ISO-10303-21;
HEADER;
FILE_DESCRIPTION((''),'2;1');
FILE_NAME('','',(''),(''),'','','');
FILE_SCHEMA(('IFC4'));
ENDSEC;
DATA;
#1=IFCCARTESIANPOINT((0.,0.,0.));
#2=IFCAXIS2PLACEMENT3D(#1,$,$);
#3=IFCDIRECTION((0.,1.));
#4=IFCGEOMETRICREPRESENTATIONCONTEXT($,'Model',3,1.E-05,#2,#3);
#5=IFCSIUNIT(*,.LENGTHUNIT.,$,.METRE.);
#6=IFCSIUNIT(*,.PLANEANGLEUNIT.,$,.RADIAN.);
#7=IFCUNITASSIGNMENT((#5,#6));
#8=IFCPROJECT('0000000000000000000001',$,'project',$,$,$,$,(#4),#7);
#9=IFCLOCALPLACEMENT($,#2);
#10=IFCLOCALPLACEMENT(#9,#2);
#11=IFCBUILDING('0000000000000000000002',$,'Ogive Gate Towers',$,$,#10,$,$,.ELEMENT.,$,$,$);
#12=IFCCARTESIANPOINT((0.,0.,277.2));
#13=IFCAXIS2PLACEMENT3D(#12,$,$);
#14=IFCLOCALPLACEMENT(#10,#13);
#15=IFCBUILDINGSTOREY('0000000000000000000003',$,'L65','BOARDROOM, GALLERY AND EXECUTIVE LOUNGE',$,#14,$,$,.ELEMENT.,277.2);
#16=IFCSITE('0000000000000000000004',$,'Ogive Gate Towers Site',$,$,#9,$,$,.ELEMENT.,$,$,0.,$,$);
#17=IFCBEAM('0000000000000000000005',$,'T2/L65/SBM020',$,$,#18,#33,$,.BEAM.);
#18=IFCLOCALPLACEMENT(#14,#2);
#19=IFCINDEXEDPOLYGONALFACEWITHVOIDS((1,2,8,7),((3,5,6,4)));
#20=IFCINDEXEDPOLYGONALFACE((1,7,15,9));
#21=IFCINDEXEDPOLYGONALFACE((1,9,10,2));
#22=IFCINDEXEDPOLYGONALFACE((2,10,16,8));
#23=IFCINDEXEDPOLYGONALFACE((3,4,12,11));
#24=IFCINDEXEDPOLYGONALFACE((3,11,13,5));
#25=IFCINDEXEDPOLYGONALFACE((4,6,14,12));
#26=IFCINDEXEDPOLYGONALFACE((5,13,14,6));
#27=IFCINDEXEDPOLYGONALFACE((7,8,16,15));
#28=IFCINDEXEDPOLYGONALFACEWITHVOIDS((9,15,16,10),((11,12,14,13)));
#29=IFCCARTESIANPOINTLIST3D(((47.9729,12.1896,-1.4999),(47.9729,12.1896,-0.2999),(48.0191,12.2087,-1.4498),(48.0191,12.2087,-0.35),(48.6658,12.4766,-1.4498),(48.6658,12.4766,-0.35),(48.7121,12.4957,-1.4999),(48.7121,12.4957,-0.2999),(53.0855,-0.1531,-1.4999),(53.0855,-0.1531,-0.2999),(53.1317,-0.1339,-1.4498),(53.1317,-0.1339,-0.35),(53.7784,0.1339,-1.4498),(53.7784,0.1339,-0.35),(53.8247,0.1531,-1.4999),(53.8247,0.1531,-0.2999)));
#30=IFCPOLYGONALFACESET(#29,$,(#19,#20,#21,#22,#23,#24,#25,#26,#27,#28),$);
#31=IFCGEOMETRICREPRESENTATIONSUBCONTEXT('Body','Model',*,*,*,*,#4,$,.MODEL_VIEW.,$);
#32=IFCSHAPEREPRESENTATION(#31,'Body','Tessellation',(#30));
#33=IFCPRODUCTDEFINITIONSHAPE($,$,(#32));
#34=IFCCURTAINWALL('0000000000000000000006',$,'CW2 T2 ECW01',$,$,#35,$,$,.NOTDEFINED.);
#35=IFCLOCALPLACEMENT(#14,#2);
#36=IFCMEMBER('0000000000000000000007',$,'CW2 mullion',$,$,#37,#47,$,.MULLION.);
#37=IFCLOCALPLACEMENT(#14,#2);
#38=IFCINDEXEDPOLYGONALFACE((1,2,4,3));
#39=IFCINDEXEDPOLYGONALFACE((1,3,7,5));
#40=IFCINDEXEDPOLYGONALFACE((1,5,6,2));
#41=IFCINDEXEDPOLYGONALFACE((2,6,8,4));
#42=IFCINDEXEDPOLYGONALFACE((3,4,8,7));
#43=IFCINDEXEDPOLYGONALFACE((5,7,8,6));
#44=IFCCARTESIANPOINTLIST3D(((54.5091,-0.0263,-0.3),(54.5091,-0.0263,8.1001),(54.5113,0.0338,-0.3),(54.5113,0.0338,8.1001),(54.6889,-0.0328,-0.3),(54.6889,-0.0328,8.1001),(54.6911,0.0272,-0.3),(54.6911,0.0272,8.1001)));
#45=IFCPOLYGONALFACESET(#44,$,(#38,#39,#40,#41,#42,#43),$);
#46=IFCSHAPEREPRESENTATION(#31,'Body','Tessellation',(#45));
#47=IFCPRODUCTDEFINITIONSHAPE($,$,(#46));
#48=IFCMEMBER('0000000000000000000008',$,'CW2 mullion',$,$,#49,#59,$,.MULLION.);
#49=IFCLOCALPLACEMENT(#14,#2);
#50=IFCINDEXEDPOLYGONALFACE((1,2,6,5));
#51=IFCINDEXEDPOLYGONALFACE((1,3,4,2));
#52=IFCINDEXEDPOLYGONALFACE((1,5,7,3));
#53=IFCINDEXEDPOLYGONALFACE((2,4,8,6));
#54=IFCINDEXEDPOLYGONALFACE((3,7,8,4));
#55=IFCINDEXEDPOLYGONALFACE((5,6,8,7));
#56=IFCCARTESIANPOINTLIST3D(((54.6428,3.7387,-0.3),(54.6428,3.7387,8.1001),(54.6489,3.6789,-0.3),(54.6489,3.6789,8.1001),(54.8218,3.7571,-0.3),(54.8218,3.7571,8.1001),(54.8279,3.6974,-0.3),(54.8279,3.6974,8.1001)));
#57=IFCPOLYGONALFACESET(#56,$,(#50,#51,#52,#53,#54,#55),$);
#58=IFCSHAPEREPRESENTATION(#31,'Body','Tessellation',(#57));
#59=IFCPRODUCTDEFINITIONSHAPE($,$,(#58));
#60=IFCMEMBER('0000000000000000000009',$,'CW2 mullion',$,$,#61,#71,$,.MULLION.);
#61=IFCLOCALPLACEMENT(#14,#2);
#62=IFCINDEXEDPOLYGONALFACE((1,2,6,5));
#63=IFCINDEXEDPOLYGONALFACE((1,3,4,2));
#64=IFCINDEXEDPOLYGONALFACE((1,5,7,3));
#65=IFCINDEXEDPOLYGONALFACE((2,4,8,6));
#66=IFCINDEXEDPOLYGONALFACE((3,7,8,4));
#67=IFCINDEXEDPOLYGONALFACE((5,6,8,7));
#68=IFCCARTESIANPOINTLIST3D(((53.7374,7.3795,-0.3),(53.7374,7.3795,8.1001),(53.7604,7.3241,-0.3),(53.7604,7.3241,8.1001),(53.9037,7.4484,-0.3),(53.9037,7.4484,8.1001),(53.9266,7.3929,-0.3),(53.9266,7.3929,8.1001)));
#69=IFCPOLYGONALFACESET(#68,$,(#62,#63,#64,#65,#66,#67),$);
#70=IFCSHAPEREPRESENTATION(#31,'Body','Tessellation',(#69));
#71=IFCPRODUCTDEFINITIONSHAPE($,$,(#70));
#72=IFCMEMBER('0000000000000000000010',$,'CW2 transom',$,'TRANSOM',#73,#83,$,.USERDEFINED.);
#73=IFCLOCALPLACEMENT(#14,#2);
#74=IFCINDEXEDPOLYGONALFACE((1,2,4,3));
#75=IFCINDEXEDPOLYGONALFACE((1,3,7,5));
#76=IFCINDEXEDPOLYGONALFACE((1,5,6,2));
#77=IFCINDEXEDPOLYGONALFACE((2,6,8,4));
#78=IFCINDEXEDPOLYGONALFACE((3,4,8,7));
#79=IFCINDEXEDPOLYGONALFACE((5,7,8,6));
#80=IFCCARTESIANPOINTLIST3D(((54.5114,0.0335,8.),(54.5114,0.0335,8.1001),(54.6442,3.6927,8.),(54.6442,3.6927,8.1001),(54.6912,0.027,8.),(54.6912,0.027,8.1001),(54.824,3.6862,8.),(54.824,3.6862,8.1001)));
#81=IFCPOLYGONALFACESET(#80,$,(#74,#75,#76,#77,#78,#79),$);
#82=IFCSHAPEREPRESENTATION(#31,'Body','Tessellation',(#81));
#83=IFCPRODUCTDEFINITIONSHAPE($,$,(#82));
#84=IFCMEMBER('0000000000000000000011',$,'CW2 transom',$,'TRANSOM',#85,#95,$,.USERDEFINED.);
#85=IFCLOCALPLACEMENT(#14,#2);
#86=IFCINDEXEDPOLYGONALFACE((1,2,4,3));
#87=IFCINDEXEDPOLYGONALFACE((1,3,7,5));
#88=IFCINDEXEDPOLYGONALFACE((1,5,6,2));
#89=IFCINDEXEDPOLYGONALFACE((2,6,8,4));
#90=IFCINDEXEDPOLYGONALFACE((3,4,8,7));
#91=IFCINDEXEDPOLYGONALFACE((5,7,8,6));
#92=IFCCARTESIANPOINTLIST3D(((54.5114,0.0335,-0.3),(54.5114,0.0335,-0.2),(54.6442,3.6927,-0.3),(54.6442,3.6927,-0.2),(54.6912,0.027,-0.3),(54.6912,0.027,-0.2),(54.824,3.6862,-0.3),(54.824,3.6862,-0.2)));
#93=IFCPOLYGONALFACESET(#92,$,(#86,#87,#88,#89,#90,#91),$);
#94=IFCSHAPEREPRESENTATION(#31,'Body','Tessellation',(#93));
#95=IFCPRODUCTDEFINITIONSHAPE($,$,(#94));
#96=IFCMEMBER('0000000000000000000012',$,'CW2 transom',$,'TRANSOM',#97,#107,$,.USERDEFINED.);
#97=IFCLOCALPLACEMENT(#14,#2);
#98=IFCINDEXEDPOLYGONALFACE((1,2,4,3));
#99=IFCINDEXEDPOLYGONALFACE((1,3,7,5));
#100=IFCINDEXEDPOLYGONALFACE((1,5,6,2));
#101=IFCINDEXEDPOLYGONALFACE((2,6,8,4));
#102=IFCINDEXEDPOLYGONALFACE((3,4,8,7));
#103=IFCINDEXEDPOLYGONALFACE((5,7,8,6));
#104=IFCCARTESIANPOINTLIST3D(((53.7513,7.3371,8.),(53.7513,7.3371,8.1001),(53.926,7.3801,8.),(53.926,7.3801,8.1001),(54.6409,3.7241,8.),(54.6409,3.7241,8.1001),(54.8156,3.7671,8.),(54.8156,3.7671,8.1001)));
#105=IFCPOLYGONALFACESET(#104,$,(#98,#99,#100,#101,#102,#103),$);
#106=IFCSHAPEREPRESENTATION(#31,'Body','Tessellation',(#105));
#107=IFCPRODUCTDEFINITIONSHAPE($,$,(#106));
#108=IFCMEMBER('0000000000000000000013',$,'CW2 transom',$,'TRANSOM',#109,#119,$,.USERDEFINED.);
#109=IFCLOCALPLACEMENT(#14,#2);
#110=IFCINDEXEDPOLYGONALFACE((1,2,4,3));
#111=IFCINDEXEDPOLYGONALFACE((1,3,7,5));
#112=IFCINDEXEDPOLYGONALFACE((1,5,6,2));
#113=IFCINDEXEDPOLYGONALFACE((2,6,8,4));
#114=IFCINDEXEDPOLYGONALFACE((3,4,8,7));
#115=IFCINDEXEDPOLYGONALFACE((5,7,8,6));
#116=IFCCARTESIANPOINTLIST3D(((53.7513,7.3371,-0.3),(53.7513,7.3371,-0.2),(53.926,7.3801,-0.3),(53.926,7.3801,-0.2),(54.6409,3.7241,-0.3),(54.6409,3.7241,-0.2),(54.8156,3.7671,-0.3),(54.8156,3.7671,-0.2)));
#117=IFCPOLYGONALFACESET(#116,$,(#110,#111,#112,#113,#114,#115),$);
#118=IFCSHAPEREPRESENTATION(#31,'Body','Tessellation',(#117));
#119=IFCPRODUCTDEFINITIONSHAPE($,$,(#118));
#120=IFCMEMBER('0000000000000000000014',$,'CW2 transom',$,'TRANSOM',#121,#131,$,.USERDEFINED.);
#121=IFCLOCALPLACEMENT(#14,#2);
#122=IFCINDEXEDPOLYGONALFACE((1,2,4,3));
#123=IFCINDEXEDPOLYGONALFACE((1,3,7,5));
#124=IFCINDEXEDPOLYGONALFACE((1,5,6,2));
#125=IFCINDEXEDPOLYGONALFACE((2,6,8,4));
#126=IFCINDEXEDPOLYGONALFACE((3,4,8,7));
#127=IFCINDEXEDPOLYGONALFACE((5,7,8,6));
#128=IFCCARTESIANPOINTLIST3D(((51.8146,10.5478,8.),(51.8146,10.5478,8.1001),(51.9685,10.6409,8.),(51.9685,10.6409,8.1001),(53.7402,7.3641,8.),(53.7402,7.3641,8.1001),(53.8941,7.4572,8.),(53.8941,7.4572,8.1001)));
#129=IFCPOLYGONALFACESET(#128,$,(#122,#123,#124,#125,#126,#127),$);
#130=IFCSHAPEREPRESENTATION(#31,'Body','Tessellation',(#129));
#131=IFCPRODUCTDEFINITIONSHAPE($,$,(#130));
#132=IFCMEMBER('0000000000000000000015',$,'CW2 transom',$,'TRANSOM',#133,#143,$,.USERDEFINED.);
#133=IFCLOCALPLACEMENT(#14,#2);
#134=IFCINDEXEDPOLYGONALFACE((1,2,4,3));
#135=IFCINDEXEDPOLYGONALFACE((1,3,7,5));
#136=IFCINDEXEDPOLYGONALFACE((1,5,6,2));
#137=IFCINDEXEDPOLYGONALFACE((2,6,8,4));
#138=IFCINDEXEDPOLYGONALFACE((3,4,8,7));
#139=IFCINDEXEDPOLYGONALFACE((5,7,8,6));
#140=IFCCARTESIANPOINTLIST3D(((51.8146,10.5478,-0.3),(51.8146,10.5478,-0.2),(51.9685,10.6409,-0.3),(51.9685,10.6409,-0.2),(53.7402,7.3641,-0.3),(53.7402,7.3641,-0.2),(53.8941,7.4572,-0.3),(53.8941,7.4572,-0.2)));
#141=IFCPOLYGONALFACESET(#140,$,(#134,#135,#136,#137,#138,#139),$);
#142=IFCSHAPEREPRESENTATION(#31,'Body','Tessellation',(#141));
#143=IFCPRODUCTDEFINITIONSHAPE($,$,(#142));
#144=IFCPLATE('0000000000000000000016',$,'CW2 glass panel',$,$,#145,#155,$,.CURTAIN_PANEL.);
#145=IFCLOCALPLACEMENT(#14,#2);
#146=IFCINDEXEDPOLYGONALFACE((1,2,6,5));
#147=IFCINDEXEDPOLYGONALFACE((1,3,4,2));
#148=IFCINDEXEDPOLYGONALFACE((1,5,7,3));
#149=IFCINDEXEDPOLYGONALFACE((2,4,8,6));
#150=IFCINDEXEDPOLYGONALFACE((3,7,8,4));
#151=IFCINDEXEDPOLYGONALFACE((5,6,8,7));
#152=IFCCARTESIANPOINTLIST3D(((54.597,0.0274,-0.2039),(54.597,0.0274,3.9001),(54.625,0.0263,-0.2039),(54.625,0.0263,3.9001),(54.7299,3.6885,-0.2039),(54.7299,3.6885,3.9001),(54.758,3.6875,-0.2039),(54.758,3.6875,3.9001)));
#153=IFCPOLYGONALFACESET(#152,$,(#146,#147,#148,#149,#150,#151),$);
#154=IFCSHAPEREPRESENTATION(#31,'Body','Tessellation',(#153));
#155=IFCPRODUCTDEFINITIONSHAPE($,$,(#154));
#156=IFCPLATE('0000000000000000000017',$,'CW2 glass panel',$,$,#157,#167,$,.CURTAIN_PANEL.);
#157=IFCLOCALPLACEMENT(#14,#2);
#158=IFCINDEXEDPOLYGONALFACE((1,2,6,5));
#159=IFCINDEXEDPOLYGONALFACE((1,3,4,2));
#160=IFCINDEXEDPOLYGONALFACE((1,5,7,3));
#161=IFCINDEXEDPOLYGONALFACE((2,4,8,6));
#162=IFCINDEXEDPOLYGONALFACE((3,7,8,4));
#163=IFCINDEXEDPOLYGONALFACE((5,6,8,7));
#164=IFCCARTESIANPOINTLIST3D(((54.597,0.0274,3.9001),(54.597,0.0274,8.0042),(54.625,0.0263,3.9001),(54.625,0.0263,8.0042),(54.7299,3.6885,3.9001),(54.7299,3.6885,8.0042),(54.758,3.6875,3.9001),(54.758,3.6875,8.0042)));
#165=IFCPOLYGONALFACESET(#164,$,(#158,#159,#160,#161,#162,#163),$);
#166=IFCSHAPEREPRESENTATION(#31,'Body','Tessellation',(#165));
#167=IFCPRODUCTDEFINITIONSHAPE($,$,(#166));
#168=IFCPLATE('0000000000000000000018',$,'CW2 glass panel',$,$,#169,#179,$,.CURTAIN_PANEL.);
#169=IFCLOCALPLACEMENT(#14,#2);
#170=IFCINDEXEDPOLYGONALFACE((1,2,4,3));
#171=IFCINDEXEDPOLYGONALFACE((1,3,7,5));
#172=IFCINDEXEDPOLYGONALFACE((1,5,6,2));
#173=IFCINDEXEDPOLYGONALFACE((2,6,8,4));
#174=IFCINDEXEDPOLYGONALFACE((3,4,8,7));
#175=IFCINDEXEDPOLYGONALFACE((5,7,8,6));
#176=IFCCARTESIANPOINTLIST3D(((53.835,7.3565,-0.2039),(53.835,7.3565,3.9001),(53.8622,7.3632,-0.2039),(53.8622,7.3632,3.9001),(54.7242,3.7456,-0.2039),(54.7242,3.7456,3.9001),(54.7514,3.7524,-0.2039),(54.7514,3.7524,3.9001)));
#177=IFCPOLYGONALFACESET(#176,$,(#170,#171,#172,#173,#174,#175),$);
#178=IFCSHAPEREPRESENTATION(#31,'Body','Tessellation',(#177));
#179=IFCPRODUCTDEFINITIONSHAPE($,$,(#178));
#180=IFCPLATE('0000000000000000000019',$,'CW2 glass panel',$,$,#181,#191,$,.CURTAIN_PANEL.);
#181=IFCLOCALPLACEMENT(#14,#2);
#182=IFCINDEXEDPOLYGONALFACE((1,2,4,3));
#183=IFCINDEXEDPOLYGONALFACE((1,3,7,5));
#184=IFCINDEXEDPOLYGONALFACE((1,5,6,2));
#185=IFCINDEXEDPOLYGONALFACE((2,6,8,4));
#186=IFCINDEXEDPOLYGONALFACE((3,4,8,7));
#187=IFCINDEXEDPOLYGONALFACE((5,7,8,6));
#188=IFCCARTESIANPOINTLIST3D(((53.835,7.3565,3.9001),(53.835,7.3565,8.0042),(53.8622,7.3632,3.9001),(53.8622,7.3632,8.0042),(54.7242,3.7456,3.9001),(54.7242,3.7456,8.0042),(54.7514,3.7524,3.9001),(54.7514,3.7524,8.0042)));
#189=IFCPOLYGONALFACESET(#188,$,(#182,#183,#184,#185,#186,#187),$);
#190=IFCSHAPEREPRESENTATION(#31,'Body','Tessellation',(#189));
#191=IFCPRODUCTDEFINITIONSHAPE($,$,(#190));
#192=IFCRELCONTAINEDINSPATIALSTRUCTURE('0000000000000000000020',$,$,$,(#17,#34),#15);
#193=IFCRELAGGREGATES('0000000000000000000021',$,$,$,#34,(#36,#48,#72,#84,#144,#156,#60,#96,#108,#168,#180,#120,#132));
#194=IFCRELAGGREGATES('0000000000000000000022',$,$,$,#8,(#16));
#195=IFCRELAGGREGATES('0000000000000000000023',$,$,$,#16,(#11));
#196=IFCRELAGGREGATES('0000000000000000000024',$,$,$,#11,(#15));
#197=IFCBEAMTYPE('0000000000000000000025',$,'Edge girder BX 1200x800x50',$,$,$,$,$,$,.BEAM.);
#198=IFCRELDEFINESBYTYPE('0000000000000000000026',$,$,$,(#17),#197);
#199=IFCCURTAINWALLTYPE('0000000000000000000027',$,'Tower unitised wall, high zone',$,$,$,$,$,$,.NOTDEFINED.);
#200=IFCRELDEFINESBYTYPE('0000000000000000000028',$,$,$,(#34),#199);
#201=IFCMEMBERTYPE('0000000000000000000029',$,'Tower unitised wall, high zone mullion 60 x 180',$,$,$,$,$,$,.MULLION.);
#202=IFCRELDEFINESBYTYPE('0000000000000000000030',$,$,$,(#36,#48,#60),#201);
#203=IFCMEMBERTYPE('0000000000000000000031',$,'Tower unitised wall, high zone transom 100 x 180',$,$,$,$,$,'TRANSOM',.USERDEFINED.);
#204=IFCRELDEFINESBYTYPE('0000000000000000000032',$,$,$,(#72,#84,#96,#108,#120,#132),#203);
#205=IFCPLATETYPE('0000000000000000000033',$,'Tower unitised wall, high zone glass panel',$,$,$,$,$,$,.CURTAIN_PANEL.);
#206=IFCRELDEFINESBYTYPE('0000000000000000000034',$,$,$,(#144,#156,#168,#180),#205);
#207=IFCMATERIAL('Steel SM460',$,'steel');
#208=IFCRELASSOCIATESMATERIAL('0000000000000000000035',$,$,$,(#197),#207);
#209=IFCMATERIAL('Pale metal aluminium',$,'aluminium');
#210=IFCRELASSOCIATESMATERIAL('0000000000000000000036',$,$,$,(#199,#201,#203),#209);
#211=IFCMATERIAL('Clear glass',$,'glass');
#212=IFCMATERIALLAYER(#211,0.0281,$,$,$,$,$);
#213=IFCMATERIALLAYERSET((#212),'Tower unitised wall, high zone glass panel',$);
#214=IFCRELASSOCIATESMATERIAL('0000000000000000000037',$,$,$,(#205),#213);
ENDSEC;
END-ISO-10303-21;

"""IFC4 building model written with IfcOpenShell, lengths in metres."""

from ifc_helpers import new_model, si_unit, direction, frame, origin, origin_2d, place, context, subcontext, project, spatial, rectangle, hollow_rectangle, extrude, material, layer, layer_set, material_profile, profile_set, type_object, element, aggregate, save


model = new_model("IFC4")

# Units and contexts
model_context = context("Model", 3, precision=1e-05, world=origin(), true_north=direction((0.0, 1.0)))
body_context = subcontext(model_context, "Body", "Model", "MODEL_VIEW")
ifc_project = project(units=[si_unit("LENGTHUNIT", "METRE"), si_unit("PLANEANGLEUNIT", "RADIAN")], contexts=[model_context])

# Site, building, storey
site_placement = place(None, origin())
site = spatial("IfcSite", under=ifc_project, at=site_placement, Name="Ogive Gate Towers Site", CompositionType="ELEMENT", RefElevation=0.0)
building_placement = place(site_placement, origin())
building = spatial("IfcBuilding", under=site, at=building_placement, Name="Ogive Gate Towers", CompositionType="ELEMENT")
storey_placement = place(building_placement, frame((0.0, 0.0, 277.2)))
storey = spatial("IfcBuildingStorey", under=building, at=storey_placement, Name="L65", Description="BOARDROOM, GALLERY AND EXECUTIVE LOUNGE", CompositionType="ELEMENT", Elevation=277.2)

# Beam
ifc_material_1 = material(Name="Steel SM460", Category="steel")
ifc_material_profile_1 = material_profile(ifc_material_1, hollow_rectangle(XDim=0.8, YDim=1.2, WallThickness=0.05, at=origin_2d()), Name="BX 1200x800x50")
ifc_profile_set_1 = profile_set([ifc_material_profile_1], Name="Steel SM460")
beam_type = type_object("IfcBeamType", Name="Edge girder BX 1200x800x50", PredefinedType="BEAM", material=ifc_profile_set_1)
beam_placement = place(storey_placement, frame((53.4551, 0.0, -0.8999), z_axis=(-0.38269, 0.923877, 0.0), x_axis=(-0.923877, -0.38269, 0.0)))
element("IfcBeam", 1, at=beam_placement, inside=storey, type_object=beam_type, Name="T2/L65/SBM020", PredefinedType="BEAM", context=body_context, shape_type="SweptSolid", body=[
    extrude(hollow_rectangle(XDim=0.8, YDim=1.2, WallThickness=0.05, at=origin_2d()), origin(), (0.0, 0.0, 1.0), 13.3596),
])

# Curtain wall, members, plates
ifc_material_2 = material(Name="Pale metal aluminium", Category="aluminium")
curtain_wall_type = type_object("IfcCurtainWallType", Name="Tower unitised wall, high zone", PredefinedType="NOTDEFINED", material=ifc_material_2)
curtain_wall_placement = place(storey_placement, origin())
curtain_wall = element("IfcCurtainWall", 2, at=curtain_wall_placement, inside=storey, type_object=curtain_wall_type, Name="CW2 T2 ECW01", PredefinedType="NOTDEFINED")
ifc_material_profile_2 = material_profile(ifc_material_2, rectangle(XDim=0.1799, YDim=0.0601, at=origin_2d()), Name="60 x 180 aluminium box")
ifc_profile_set_2 = profile_set([ifc_material_profile_2], Name="Pale metal aluminium")
member_type_1 = type_object("IfcMemberType", Name="Tower unitised wall, high zone mullion 60 x 180", PredefinedType="MULLION", material=ifc_profile_set_2)
member_1_placement = place(storey_placement, frame((54.6001, 0.0005, -0.3), z_axis=(0.0, 0.0, 1.0), x_axis=(0.999341, -0.036295, 0.0)))
member_1 = element("IfcMember", 3, at=member_1_placement, type_object=member_type_1, Name="CW2 mullion", PredefinedType="MULLION", context=body_context, shape_type="SweptSolid", body=[
    extrude(rectangle(XDim=0.1799, YDim=0.0601, at=origin_2d()), origin(), (0.0, 0.0, 1.0), 8.4001),
])
member_2_placement = place(storey_placement, frame((54.7354, 3.718, -0.3), z_axis=(0.0, 0.0, 1.0), x_axis=(0.994744, 0.102393, 0.0)))
member_2 = element("IfcMember", 4, at=member_2_placement, type_object=member_type_1, Name="CW2 mullion", PredefinedType="MULLION", context=body_context, shape_type="SweptSolid", body=[
    extrude(rectangle(XDim=0.1799, YDim=0.0601, at=origin_2d()), origin(), (0.0, 0.0, 1.0), 8.4001),
])
member_3_placement = place(storey_placement, frame((53.832, 7.3862, -0.3), z_axis=(0.0, 0.0, 1.0), x_axis=(0.92388, 0.382683, 0.0)))
member_3 = element("IfcMember", 5, at=member_3_placement, type_object=member_type_1, Name="CW2 mullion", PredefinedType="MULLION", context=body_context, shape_type="SweptSolid", body=[
    extrude(rectangle(XDim=0.1799, YDim=0.0601, at=origin_2d()), origin(), (0.0, 0.0, 1.0), 8.4001),
])
ifc_material_profile_3 = material_profile(ifc_material_2, rectangle(XDim=0.1799, YDim=0.1001, at=origin_2d()), Name="100 x 180 aluminium box")
ifc_profile_set_3 = profile_set([ifc_material_profile_3], Name="Pale metal aluminium")
member_type_2 = type_object("IfcMemberType", Name="Tower unitised wall, high zone transom 100 x 180", ElementType="TRANSOM", PredefinedType="USERDEFINED", material=ifc_profile_set_3)
member_4_placement = place(storey_placement, frame((54.6013, 0.0303, 8.05), z_axis=(0.036272, 0.999342, 0.0), x_axis=(-0.999342, 0.036272, 0.0)))
member_4 = element("IfcMember", 6, at=member_4_placement, type_object=member_type_2, Name="CW2 transom", ObjectType="TRANSOM", PredefinedType="USERDEFINED", context=body_context, shape_type="SweptSolid", body=[
    extrude(rectangle(XDim=0.1799, YDim=0.1001, at=origin_2d()), origin(), (0.0, 0.0, 1.0), 3.6616),
])
member_5_placement = place(storey_placement, frame((54.6013, 0.0303, -0.25), z_axis=(0.036272, 0.999342, 0.0), x_axis=(-0.999342, 0.036272, 0.0)))
member_5 = element("IfcMember", 7, at=member_5_placement, type_object=member_type_2, Name="CW2 transom", ObjectType="TRANSOM", PredefinedType="USERDEFINED", context=body_context, shape_type="SweptSolid", body=[
    extrude(rectangle(XDim=0.1799, YDim=0.1001, at=origin_2d()), origin(), (0.0, 0.0, 1.0), 3.6616),
])
member_6_placement = place(storey_placement, frame((54.7283, 3.7456, 8.05), z_axis=(-0.239091, 0.970997, 0.0), x_axis=(-0.970997, -0.239091, 0.0)))
member_6 = element("IfcMember", 8, at=member_6_placement, type_object=member_type_2, Name="CW2 transom", ObjectType="TRANSOM", PredefinedType="USERDEFINED", context=body_context, shape_type="SweptSolid", body=[
    extrude(rectangle(XDim=0.1799, YDim=0.1001, at=origin_2d()), origin(), (0.0, 0.0, 1.0), 3.7209),
])
member_7_placement = place(storey_placement, frame((54.7283, 3.7456, -0.25), z_axis=(-0.239091, 0.970997, 0.0), x_axis=(-0.970997, -0.239091, 0.0)))
member_7 = element("IfcMember", 9, at=member_7_placement, type_object=member_type_2, Name="CW2 transom", ObjectType="TRANSOM", PredefinedType="USERDEFINED", context=body_context, shape_type="SweptSolid", body=[
    extrude(rectangle(XDim=0.1799, YDim=0.1001, at=origin_2d()), origin(), (0.0, 0.0, 1.0), 3.7209),
])
member_8_placement = place(storey_placement, frame((53.8171, 7.4106, 8.05), z_axis=(-0.517532, 0.855664, 0.0), x_axis=(-0.855664, -0.517532, 0.0)))
member_8 = element("IfcMember", 10, at=member_8_placement, type_object=member_type_2, Name="CW2 transom", ObjectType="TRANSOM", PredefinedType="USERDEFINED", context=body_context, shape_type="SweptSolid", body=[
    extrude(rectangle(XDim=0.1799, YDim=0.1001, at=origin_2d()), origin(), (0.0, 0.0, 1.0), 3.7207),
])
member_9_placement = place(storey_placement, frame((53.8171, 7.4106, -0.25), z_axis=(-0.517532, 0.855664, 0.0), x_axis=(-0.855664, -0.517532, 0.0)))
member_9 = element("IfcMember", 11, at=member_9_placement, type_object=member_type_2, Name="CW2 transom", ObjectType="TRANSOM", PredefinedType="USERDEFINED", context=body_context, shape_type="SweptSolid", body=[
    extrude(rectangle(XDim=0.1799, YDim=0.1001, at=origin_2d()), origin(), (0.0, 0.0, 1.0), 3.7207),
])
ifc_material_3 = material(Name="Clear glass", Category="glass")
ifc_layer_1 = layer(ifc_material_3, 0.0281)
ifc_layer_set_1 = layer_set([ifc_layer_1], Name="Tower unitised wall, high zone glass panel")
plate_type = type_object("IfcPlateType", Name="Tower unitised wall, high zone glass panel", PredefinedType="CURTAIN_PANEL", material=ifc_layer_set_1)
plate_1_placement = place(storey_placement, frame((54.6775, 1.8574, -0.2039), z_axis=(0.0, 0.0, 1.0), x_axis=(0.036295, 0.999341, 0.0)))
plate_1 = element("IfcPlate", 12, at=plate_1_placement, type_object=plate_type, Name="CW2 glass panel", PredefinedType="CURTAIN_PANEL", context=body_context, shape_type="SweptSolid", body=[
    extrude(rectangle(XDim=3.6636, YDim=0.0281, at=origin_2d()), origin(), (0.0, 0.0, 1.0), 4.104),
])
plate_2_placement = place(storey_placement, frame((54.6775, 1.8574, 3.9001), z_axis=(0.0, 0.0, 1.0), x_axis=(0.036295, 0.999341, 0.0)))
plate_2 = element("IfcPlate", 13, at=plate_2_placement, type_object=plate_type, Name="CW2 glass panel", PredefinedType="CURTAIN_PANEL", context=body_context, shape_type="SweptSolid", body=[
    extrude(rectangle(XDim=3.6636, YDim=0.0281, at=origin_2d()), origin(), (0.0, 0.0, 1.0), 4.104),
])
plate_3_placement = place(storey_placement, frame((54.2932, 5.5544, -0.2039), z_axis=(0.0, 0.0, 1.0), x_axis=(-0.23911, 0.970993, 0.0)))
plate_3 = element("IfcPlate", 14, at=plate_3_placement, type_object=plate_type, Name="CW2 glass panel", PredefinedType="CURTAIN_PANEL", context=body_context, shape_type="SweptSolid", body=[
    extrude(rectangle(XDim=3.7188, YDim=0.0281, at=origin_2d()), origin(), (0.0, 0.0, 1.0), 4.104),
])
plate_4_placement = place(storey_placement, frame((54.2932, 5.5544, 3.9001), z_axis=(0.0, 0.0, 1.0), x_axis=(-0.23911, 0.970993, 0.0)))
plate_4 = element("IfcPlate", 15, at=plate_4_placement, type_object=plate_type, Name="CW2 glass panel", PredefinedType="CURTAIN_PANEL", context=body_context, shape_type="SweptSolid", body=[
    extrude(rectangle(XDim=3.7188, YDim=0.0281, at=origin_2d()), origin(), (0.0, 0.0, 1.0), 4.104),
])
aggregate(curtain_wall, [member_1, member_2, member_4, member_5, plate_1, plate_2, member_3, member_6, member_7, plate_3, plate_4, member_8, member_9])

save(model, "model.ifc")
